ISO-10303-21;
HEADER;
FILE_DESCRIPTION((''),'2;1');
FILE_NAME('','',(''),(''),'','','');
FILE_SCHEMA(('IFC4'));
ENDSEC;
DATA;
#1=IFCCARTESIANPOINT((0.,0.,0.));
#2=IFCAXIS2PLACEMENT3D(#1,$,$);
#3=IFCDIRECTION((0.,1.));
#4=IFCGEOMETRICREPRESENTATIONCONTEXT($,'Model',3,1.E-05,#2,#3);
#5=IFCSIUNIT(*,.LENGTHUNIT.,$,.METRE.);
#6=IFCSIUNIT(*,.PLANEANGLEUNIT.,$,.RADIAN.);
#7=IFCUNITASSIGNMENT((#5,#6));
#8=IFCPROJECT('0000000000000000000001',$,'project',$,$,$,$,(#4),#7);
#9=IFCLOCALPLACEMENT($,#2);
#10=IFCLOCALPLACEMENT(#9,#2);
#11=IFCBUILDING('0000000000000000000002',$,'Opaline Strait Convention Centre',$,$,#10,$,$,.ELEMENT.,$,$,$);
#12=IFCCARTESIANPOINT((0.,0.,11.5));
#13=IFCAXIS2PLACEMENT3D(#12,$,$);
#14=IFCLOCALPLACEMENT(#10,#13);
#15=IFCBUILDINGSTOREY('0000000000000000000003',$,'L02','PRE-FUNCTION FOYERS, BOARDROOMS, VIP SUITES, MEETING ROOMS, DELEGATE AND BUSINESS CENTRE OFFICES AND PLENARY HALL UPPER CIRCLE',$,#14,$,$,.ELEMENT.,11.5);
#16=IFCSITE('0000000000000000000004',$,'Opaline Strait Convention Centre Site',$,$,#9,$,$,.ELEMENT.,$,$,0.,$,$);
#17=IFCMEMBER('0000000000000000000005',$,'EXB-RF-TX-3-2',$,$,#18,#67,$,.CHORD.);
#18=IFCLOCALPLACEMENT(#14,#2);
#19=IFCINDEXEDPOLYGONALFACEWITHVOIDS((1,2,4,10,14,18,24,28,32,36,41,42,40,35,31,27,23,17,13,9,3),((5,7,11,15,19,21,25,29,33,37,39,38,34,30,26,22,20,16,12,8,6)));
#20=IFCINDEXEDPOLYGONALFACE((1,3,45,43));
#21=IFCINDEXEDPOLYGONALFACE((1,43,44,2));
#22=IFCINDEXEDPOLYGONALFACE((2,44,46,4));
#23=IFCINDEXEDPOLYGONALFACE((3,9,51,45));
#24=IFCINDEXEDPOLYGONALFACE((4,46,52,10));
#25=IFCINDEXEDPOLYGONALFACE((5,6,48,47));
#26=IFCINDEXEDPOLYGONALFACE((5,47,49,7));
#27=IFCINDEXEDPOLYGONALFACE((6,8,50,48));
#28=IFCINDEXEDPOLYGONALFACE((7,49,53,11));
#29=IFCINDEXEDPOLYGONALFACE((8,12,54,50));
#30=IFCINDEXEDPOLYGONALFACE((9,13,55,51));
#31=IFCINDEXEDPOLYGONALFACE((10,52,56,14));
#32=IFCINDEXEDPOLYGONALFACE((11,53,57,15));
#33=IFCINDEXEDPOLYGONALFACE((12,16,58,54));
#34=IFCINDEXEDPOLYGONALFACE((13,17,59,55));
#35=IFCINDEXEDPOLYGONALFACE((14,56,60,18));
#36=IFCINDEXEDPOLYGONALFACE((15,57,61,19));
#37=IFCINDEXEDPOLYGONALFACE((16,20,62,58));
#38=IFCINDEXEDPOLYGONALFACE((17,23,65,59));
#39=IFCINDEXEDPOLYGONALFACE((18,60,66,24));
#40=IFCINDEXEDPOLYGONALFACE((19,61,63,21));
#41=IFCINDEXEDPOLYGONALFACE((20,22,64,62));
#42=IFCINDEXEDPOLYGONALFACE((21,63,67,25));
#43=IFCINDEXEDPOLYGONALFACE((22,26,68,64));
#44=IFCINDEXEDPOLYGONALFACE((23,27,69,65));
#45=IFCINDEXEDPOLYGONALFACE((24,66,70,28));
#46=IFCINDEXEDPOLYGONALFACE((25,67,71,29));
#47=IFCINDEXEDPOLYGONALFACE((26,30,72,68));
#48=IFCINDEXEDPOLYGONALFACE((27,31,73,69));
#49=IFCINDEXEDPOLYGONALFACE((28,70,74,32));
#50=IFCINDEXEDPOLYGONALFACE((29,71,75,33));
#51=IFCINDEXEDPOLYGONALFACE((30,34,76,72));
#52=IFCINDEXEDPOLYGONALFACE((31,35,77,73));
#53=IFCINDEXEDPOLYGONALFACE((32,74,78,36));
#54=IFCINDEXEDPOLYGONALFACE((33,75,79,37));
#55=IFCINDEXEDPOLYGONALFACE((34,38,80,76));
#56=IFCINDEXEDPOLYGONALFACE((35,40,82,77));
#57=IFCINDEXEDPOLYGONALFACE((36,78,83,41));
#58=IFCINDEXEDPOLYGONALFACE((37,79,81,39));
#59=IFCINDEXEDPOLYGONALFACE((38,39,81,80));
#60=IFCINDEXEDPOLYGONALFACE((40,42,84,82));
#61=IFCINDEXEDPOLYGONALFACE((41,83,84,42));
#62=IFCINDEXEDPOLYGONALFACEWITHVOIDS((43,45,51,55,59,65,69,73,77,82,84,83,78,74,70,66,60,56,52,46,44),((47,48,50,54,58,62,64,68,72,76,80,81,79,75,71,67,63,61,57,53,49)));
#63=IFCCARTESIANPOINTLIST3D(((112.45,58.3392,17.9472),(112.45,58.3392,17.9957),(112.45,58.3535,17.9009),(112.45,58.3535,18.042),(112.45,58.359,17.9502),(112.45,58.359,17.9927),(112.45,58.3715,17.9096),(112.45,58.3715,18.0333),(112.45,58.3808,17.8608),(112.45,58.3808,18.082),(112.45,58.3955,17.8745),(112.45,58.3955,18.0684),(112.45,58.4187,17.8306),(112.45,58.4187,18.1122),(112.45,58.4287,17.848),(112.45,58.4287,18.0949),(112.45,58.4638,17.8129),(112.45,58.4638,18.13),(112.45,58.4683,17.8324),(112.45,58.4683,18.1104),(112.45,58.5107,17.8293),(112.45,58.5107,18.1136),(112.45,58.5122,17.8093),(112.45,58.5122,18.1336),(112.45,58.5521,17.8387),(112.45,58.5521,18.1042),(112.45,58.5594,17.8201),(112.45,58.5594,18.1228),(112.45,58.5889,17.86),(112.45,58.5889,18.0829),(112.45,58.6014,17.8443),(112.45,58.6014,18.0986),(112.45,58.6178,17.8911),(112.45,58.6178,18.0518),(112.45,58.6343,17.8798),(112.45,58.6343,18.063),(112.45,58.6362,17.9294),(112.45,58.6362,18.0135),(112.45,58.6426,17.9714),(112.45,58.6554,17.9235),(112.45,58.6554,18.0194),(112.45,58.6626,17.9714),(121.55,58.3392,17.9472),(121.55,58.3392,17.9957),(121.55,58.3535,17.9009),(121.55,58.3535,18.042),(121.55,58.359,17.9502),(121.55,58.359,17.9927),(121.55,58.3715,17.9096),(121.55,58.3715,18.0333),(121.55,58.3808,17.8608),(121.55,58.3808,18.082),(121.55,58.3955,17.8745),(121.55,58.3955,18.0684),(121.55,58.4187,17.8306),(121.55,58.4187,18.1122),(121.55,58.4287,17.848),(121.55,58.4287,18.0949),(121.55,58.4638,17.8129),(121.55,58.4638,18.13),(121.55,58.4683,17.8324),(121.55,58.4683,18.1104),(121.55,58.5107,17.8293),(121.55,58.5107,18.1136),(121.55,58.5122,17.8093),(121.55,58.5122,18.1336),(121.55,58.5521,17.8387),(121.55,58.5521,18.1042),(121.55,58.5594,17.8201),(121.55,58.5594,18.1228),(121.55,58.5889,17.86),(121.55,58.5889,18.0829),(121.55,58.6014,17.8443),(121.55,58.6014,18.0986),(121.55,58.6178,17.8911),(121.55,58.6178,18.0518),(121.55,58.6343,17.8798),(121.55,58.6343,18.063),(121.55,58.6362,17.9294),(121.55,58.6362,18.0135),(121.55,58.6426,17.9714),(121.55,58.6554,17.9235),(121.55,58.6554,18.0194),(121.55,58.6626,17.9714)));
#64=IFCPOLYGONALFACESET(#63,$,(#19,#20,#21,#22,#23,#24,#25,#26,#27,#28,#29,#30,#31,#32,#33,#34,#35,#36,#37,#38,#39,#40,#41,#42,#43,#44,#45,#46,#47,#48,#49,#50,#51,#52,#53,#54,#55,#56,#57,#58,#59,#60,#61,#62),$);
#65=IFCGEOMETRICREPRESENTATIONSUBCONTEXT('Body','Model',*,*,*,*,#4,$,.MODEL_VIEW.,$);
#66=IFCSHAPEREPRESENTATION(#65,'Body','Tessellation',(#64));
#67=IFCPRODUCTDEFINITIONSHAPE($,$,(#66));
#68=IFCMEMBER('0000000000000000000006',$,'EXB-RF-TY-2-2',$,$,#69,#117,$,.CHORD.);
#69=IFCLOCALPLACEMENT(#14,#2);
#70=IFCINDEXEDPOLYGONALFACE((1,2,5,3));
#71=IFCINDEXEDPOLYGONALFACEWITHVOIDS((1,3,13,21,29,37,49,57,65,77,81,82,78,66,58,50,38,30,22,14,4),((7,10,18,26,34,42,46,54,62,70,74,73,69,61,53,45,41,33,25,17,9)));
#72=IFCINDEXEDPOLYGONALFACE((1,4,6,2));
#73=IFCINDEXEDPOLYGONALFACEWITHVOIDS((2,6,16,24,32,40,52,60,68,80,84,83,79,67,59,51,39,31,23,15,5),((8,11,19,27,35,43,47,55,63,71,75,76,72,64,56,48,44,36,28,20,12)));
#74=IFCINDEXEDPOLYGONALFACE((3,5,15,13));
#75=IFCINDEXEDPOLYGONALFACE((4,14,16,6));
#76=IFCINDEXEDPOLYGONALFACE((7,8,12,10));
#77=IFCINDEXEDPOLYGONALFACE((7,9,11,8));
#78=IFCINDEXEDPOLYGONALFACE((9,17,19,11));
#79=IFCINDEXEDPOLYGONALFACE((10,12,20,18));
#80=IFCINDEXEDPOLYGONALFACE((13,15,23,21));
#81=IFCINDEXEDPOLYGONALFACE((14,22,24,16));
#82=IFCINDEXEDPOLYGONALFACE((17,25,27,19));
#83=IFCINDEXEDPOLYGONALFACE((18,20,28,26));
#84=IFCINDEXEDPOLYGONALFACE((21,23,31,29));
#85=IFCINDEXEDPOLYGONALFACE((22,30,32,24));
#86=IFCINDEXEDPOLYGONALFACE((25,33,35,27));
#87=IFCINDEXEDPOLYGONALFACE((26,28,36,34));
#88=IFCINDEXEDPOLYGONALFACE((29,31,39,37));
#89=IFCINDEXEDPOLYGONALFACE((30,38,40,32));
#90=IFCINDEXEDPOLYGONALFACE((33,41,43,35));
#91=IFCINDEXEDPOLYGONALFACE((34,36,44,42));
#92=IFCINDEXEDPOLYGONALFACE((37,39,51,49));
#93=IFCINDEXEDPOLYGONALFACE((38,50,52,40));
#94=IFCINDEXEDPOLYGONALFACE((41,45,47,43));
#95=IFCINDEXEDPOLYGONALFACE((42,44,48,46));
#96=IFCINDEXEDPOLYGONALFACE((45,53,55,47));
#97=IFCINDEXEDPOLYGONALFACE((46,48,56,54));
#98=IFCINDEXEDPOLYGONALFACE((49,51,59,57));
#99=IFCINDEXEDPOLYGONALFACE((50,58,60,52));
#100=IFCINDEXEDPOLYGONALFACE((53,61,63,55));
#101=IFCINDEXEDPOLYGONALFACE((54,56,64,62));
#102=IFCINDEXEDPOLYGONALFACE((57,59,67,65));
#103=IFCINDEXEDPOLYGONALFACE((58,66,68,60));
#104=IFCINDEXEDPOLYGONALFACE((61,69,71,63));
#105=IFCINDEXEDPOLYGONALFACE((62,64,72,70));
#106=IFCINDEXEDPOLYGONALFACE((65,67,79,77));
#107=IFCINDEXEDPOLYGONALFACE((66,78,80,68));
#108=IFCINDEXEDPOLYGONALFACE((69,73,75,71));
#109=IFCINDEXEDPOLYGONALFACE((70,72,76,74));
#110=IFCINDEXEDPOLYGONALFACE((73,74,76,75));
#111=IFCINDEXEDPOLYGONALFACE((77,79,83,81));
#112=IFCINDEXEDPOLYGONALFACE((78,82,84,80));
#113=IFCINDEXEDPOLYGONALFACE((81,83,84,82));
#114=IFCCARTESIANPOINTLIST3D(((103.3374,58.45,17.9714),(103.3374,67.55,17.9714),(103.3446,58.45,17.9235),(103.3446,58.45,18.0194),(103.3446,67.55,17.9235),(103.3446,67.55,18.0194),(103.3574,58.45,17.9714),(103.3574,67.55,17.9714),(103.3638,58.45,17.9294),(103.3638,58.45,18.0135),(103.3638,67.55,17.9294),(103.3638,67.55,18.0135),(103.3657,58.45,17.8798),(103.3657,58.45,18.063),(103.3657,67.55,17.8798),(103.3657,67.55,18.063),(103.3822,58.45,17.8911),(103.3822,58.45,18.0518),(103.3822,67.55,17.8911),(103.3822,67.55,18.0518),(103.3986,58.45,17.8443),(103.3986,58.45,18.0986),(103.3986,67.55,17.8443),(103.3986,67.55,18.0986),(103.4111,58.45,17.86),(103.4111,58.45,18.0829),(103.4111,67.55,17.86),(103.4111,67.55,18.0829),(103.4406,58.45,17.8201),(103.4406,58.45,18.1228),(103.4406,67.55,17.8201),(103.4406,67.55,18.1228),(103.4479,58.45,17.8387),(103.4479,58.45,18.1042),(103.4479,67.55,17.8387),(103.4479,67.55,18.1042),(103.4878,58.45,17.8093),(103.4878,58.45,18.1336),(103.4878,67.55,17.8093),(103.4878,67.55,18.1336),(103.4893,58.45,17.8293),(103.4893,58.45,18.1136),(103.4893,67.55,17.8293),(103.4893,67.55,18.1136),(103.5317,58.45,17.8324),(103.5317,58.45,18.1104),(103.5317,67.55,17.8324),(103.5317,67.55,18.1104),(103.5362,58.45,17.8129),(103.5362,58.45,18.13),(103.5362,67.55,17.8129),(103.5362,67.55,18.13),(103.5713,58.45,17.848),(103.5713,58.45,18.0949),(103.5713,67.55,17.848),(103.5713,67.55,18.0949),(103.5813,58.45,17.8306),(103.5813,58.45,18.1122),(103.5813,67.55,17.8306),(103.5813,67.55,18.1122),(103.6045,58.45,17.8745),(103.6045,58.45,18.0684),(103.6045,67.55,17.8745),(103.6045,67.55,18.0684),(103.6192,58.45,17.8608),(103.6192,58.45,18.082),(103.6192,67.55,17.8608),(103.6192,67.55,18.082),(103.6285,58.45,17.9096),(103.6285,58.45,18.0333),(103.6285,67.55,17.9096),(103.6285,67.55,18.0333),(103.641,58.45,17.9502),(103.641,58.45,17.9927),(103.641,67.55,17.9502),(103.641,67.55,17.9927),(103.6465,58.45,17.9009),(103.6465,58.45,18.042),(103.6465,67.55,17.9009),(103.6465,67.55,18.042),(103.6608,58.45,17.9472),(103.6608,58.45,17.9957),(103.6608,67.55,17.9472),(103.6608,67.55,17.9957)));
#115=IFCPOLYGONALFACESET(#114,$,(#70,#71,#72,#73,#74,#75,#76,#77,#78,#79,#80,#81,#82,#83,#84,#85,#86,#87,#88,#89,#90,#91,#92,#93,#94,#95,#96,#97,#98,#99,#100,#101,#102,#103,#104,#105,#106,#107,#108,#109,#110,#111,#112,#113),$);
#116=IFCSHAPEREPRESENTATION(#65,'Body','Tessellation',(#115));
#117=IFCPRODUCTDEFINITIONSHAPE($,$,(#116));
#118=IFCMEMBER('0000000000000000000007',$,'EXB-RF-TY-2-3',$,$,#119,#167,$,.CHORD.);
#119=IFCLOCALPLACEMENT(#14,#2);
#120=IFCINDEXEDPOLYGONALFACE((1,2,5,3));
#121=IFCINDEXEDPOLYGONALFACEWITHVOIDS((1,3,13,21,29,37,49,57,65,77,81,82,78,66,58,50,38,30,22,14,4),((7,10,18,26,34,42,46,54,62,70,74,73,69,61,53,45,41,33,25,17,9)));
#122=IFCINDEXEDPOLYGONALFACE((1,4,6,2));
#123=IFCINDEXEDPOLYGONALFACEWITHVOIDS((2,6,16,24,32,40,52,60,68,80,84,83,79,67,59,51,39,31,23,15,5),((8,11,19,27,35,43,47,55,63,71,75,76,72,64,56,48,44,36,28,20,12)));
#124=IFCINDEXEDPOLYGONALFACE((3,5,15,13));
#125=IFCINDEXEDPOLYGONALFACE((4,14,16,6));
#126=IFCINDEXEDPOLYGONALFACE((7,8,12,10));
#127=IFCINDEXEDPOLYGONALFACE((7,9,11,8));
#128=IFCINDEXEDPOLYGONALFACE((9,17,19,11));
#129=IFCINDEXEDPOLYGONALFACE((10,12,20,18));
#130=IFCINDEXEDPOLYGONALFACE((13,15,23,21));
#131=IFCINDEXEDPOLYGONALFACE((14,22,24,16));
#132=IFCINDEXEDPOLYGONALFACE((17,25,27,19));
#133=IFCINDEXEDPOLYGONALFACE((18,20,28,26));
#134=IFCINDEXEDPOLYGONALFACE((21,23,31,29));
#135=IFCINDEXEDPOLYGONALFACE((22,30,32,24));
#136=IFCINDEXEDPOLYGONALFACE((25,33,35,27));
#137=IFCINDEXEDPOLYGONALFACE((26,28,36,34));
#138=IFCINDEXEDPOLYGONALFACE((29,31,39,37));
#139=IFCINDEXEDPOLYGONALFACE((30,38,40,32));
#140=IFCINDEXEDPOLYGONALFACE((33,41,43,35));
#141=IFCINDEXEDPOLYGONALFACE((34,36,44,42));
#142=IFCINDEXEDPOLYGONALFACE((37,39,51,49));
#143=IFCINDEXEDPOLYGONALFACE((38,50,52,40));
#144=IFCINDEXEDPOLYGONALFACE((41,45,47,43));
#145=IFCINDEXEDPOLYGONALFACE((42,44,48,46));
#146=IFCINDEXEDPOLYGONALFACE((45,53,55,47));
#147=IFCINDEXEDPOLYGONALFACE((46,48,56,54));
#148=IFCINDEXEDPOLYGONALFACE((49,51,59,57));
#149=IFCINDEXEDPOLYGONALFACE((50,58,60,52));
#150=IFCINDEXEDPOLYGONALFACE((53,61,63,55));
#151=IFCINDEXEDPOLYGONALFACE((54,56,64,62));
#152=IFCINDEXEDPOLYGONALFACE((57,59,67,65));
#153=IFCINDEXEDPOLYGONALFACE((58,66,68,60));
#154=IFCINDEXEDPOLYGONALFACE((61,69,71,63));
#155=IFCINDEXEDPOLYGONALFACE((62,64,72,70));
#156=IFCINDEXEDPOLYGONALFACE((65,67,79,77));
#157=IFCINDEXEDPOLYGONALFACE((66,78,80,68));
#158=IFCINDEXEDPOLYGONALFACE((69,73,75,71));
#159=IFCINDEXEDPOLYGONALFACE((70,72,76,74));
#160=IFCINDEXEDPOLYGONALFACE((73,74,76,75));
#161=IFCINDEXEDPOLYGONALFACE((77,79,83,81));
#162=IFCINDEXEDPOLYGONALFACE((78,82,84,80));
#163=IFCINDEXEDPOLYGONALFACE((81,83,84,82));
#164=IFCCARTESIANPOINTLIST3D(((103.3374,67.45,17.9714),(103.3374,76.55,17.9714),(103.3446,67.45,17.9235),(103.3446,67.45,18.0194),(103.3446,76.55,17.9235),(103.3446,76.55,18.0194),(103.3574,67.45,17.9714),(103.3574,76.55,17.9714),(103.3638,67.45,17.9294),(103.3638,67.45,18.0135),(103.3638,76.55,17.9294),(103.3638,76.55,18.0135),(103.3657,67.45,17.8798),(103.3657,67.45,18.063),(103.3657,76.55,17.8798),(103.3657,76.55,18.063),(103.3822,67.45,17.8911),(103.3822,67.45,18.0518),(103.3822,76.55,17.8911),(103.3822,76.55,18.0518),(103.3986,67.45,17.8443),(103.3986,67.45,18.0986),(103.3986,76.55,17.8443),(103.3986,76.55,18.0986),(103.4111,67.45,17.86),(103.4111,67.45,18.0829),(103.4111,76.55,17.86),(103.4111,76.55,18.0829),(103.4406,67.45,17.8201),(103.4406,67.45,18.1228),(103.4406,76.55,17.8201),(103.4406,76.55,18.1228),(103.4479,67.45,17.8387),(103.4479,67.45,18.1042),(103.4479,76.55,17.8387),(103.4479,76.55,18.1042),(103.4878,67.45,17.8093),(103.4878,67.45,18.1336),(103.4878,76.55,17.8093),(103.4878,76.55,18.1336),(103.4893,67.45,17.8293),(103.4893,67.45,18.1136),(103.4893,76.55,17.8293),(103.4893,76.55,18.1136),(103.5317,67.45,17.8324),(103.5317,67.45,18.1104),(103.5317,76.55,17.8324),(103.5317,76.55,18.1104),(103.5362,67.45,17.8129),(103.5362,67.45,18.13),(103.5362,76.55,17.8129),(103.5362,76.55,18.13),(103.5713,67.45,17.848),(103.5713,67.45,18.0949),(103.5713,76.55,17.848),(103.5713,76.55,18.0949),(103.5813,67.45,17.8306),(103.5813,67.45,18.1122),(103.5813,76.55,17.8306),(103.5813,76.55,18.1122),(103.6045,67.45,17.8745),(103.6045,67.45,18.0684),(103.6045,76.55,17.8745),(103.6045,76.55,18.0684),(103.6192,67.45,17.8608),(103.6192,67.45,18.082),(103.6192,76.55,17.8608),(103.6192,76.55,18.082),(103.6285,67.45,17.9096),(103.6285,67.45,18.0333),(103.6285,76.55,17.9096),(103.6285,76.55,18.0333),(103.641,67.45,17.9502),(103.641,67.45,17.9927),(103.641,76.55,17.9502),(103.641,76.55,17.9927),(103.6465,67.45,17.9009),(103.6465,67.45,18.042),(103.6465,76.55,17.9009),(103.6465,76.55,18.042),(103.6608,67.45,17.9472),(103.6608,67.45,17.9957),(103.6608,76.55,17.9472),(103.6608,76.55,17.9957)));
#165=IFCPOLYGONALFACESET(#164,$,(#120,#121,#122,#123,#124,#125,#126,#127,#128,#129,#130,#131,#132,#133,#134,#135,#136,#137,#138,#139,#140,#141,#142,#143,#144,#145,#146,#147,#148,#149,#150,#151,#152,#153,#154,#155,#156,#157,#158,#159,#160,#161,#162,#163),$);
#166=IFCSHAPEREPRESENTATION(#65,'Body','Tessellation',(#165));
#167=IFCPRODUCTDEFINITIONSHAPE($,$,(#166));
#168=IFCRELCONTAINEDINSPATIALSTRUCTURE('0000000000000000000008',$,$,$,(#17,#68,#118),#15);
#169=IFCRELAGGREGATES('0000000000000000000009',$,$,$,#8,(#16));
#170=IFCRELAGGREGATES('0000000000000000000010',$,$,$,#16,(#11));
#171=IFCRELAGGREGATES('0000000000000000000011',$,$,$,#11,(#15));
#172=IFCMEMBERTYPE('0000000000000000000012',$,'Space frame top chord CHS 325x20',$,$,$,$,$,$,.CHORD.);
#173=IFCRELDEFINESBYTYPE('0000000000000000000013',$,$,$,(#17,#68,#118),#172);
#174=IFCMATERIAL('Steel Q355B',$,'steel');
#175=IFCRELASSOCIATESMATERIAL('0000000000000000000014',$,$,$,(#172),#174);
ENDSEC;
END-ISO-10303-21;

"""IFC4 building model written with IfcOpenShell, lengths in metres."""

from ifc_helpers import new_model, si_unit, direction, frame, origin, origin_2d, place, context, subcontext, project, spatial, hollow_circle, extrude, material, material_profile, profile_set, type_object, element, save


model = new_model("IFC4")

# Units and contexts
model_context = context("Model", 3, precision=1e-05, world=origin(), true_north=direction((0.0, 1.0)))
body_context = subcontext(model_context, "Body", "Model", "MODEL_VIEW")
ifc_project = project(units=[si_unit("LENGTHUNIT", "METRE"), si_unit("PLANEANGLEUNIT", "RADIAN")], contexts=[model_context])

# Site, building, storey
site_placement = place(None, origin())
site = spatial("IfcSite", under=ifc_project, at=site_placement, Name="Opaline Strait Convention Centre Site", CompositionType="ELEMENT", RefElevation=0.0)
building_placement = place(site_placement, origin())
building = spatial("IfcBuilding", under=site, at=building_placement, Name="Opaline Strait Convention Centre", CompositionType="ELEMENT")
storey_placement = place(building_placement, frame((0.0, 0.0, 11.5)))
storey = spatial("IfcBuildingStorey", under=building, at=storey_placement, Name="L02", Description="PRE-FUNCTION FOYERS, BOARDROOMS, VIP SUITES, MEETING ROOMS, DELEGATE AND BUSINESS CENTRE OFFICES AND PLENARY HALL UPPER CIRCLE", CompositionType="ELEMENT", Elevation=11.5)

# Members
ifc_material = material(Name="Steel Q355B", Category="steel")
ifc_material_profile_1 = material_profile(ifc_material, hollow_circle(Radius=0.1626, WallThickness=0.02, at=origin_2d()), Name="CHS 325x20")
ifc_profile_set_1 = profile_set([ifc_material_profile_1], Name="Steel Q355B")
member_type_1 = type_object("IfcMemberType", Name="Space frame top chord CHS 325x20", PredefinedType="CHORD", material=ifc_profile_set_1)
for number, where, z_axis, x_axis, name in (
    (1, (112.45, 58.5, 17.9714), (1.0, 0.0, 0.0), (0.0, 1.0, 0.0), "EXB-RF-TX-3-2"),
    (2, (103.5, 58.45, 17.9714), (0.0, 1.0, 0.0), (-1.0, 0.0, 0.0), "EXB-RF-TY-2-2"),
    (3, (103.5, 67.45, 17.9714), (0.0, 1.0, 0.0), (-1.0, 0.0, 0.0), "EXB-RF-TY-2-3"),
):
    element("IfcMember", number, at=place(storey_placement, frame(where, z_axis=z_axis, x_axis=x_axis)), inside=storey, type_object=member_type_1, Name=name, PredefinedType="CHORD", context=body_context, shape_type="SweptSolid", body=[
        extrude(hollow_circle(Radius=0.1626, WallThickness=0.02, at=origin_2d()), origin(), (0.0, 0.0, 1.0), 9.1001),
    ])

save(model, "model.ifc")
